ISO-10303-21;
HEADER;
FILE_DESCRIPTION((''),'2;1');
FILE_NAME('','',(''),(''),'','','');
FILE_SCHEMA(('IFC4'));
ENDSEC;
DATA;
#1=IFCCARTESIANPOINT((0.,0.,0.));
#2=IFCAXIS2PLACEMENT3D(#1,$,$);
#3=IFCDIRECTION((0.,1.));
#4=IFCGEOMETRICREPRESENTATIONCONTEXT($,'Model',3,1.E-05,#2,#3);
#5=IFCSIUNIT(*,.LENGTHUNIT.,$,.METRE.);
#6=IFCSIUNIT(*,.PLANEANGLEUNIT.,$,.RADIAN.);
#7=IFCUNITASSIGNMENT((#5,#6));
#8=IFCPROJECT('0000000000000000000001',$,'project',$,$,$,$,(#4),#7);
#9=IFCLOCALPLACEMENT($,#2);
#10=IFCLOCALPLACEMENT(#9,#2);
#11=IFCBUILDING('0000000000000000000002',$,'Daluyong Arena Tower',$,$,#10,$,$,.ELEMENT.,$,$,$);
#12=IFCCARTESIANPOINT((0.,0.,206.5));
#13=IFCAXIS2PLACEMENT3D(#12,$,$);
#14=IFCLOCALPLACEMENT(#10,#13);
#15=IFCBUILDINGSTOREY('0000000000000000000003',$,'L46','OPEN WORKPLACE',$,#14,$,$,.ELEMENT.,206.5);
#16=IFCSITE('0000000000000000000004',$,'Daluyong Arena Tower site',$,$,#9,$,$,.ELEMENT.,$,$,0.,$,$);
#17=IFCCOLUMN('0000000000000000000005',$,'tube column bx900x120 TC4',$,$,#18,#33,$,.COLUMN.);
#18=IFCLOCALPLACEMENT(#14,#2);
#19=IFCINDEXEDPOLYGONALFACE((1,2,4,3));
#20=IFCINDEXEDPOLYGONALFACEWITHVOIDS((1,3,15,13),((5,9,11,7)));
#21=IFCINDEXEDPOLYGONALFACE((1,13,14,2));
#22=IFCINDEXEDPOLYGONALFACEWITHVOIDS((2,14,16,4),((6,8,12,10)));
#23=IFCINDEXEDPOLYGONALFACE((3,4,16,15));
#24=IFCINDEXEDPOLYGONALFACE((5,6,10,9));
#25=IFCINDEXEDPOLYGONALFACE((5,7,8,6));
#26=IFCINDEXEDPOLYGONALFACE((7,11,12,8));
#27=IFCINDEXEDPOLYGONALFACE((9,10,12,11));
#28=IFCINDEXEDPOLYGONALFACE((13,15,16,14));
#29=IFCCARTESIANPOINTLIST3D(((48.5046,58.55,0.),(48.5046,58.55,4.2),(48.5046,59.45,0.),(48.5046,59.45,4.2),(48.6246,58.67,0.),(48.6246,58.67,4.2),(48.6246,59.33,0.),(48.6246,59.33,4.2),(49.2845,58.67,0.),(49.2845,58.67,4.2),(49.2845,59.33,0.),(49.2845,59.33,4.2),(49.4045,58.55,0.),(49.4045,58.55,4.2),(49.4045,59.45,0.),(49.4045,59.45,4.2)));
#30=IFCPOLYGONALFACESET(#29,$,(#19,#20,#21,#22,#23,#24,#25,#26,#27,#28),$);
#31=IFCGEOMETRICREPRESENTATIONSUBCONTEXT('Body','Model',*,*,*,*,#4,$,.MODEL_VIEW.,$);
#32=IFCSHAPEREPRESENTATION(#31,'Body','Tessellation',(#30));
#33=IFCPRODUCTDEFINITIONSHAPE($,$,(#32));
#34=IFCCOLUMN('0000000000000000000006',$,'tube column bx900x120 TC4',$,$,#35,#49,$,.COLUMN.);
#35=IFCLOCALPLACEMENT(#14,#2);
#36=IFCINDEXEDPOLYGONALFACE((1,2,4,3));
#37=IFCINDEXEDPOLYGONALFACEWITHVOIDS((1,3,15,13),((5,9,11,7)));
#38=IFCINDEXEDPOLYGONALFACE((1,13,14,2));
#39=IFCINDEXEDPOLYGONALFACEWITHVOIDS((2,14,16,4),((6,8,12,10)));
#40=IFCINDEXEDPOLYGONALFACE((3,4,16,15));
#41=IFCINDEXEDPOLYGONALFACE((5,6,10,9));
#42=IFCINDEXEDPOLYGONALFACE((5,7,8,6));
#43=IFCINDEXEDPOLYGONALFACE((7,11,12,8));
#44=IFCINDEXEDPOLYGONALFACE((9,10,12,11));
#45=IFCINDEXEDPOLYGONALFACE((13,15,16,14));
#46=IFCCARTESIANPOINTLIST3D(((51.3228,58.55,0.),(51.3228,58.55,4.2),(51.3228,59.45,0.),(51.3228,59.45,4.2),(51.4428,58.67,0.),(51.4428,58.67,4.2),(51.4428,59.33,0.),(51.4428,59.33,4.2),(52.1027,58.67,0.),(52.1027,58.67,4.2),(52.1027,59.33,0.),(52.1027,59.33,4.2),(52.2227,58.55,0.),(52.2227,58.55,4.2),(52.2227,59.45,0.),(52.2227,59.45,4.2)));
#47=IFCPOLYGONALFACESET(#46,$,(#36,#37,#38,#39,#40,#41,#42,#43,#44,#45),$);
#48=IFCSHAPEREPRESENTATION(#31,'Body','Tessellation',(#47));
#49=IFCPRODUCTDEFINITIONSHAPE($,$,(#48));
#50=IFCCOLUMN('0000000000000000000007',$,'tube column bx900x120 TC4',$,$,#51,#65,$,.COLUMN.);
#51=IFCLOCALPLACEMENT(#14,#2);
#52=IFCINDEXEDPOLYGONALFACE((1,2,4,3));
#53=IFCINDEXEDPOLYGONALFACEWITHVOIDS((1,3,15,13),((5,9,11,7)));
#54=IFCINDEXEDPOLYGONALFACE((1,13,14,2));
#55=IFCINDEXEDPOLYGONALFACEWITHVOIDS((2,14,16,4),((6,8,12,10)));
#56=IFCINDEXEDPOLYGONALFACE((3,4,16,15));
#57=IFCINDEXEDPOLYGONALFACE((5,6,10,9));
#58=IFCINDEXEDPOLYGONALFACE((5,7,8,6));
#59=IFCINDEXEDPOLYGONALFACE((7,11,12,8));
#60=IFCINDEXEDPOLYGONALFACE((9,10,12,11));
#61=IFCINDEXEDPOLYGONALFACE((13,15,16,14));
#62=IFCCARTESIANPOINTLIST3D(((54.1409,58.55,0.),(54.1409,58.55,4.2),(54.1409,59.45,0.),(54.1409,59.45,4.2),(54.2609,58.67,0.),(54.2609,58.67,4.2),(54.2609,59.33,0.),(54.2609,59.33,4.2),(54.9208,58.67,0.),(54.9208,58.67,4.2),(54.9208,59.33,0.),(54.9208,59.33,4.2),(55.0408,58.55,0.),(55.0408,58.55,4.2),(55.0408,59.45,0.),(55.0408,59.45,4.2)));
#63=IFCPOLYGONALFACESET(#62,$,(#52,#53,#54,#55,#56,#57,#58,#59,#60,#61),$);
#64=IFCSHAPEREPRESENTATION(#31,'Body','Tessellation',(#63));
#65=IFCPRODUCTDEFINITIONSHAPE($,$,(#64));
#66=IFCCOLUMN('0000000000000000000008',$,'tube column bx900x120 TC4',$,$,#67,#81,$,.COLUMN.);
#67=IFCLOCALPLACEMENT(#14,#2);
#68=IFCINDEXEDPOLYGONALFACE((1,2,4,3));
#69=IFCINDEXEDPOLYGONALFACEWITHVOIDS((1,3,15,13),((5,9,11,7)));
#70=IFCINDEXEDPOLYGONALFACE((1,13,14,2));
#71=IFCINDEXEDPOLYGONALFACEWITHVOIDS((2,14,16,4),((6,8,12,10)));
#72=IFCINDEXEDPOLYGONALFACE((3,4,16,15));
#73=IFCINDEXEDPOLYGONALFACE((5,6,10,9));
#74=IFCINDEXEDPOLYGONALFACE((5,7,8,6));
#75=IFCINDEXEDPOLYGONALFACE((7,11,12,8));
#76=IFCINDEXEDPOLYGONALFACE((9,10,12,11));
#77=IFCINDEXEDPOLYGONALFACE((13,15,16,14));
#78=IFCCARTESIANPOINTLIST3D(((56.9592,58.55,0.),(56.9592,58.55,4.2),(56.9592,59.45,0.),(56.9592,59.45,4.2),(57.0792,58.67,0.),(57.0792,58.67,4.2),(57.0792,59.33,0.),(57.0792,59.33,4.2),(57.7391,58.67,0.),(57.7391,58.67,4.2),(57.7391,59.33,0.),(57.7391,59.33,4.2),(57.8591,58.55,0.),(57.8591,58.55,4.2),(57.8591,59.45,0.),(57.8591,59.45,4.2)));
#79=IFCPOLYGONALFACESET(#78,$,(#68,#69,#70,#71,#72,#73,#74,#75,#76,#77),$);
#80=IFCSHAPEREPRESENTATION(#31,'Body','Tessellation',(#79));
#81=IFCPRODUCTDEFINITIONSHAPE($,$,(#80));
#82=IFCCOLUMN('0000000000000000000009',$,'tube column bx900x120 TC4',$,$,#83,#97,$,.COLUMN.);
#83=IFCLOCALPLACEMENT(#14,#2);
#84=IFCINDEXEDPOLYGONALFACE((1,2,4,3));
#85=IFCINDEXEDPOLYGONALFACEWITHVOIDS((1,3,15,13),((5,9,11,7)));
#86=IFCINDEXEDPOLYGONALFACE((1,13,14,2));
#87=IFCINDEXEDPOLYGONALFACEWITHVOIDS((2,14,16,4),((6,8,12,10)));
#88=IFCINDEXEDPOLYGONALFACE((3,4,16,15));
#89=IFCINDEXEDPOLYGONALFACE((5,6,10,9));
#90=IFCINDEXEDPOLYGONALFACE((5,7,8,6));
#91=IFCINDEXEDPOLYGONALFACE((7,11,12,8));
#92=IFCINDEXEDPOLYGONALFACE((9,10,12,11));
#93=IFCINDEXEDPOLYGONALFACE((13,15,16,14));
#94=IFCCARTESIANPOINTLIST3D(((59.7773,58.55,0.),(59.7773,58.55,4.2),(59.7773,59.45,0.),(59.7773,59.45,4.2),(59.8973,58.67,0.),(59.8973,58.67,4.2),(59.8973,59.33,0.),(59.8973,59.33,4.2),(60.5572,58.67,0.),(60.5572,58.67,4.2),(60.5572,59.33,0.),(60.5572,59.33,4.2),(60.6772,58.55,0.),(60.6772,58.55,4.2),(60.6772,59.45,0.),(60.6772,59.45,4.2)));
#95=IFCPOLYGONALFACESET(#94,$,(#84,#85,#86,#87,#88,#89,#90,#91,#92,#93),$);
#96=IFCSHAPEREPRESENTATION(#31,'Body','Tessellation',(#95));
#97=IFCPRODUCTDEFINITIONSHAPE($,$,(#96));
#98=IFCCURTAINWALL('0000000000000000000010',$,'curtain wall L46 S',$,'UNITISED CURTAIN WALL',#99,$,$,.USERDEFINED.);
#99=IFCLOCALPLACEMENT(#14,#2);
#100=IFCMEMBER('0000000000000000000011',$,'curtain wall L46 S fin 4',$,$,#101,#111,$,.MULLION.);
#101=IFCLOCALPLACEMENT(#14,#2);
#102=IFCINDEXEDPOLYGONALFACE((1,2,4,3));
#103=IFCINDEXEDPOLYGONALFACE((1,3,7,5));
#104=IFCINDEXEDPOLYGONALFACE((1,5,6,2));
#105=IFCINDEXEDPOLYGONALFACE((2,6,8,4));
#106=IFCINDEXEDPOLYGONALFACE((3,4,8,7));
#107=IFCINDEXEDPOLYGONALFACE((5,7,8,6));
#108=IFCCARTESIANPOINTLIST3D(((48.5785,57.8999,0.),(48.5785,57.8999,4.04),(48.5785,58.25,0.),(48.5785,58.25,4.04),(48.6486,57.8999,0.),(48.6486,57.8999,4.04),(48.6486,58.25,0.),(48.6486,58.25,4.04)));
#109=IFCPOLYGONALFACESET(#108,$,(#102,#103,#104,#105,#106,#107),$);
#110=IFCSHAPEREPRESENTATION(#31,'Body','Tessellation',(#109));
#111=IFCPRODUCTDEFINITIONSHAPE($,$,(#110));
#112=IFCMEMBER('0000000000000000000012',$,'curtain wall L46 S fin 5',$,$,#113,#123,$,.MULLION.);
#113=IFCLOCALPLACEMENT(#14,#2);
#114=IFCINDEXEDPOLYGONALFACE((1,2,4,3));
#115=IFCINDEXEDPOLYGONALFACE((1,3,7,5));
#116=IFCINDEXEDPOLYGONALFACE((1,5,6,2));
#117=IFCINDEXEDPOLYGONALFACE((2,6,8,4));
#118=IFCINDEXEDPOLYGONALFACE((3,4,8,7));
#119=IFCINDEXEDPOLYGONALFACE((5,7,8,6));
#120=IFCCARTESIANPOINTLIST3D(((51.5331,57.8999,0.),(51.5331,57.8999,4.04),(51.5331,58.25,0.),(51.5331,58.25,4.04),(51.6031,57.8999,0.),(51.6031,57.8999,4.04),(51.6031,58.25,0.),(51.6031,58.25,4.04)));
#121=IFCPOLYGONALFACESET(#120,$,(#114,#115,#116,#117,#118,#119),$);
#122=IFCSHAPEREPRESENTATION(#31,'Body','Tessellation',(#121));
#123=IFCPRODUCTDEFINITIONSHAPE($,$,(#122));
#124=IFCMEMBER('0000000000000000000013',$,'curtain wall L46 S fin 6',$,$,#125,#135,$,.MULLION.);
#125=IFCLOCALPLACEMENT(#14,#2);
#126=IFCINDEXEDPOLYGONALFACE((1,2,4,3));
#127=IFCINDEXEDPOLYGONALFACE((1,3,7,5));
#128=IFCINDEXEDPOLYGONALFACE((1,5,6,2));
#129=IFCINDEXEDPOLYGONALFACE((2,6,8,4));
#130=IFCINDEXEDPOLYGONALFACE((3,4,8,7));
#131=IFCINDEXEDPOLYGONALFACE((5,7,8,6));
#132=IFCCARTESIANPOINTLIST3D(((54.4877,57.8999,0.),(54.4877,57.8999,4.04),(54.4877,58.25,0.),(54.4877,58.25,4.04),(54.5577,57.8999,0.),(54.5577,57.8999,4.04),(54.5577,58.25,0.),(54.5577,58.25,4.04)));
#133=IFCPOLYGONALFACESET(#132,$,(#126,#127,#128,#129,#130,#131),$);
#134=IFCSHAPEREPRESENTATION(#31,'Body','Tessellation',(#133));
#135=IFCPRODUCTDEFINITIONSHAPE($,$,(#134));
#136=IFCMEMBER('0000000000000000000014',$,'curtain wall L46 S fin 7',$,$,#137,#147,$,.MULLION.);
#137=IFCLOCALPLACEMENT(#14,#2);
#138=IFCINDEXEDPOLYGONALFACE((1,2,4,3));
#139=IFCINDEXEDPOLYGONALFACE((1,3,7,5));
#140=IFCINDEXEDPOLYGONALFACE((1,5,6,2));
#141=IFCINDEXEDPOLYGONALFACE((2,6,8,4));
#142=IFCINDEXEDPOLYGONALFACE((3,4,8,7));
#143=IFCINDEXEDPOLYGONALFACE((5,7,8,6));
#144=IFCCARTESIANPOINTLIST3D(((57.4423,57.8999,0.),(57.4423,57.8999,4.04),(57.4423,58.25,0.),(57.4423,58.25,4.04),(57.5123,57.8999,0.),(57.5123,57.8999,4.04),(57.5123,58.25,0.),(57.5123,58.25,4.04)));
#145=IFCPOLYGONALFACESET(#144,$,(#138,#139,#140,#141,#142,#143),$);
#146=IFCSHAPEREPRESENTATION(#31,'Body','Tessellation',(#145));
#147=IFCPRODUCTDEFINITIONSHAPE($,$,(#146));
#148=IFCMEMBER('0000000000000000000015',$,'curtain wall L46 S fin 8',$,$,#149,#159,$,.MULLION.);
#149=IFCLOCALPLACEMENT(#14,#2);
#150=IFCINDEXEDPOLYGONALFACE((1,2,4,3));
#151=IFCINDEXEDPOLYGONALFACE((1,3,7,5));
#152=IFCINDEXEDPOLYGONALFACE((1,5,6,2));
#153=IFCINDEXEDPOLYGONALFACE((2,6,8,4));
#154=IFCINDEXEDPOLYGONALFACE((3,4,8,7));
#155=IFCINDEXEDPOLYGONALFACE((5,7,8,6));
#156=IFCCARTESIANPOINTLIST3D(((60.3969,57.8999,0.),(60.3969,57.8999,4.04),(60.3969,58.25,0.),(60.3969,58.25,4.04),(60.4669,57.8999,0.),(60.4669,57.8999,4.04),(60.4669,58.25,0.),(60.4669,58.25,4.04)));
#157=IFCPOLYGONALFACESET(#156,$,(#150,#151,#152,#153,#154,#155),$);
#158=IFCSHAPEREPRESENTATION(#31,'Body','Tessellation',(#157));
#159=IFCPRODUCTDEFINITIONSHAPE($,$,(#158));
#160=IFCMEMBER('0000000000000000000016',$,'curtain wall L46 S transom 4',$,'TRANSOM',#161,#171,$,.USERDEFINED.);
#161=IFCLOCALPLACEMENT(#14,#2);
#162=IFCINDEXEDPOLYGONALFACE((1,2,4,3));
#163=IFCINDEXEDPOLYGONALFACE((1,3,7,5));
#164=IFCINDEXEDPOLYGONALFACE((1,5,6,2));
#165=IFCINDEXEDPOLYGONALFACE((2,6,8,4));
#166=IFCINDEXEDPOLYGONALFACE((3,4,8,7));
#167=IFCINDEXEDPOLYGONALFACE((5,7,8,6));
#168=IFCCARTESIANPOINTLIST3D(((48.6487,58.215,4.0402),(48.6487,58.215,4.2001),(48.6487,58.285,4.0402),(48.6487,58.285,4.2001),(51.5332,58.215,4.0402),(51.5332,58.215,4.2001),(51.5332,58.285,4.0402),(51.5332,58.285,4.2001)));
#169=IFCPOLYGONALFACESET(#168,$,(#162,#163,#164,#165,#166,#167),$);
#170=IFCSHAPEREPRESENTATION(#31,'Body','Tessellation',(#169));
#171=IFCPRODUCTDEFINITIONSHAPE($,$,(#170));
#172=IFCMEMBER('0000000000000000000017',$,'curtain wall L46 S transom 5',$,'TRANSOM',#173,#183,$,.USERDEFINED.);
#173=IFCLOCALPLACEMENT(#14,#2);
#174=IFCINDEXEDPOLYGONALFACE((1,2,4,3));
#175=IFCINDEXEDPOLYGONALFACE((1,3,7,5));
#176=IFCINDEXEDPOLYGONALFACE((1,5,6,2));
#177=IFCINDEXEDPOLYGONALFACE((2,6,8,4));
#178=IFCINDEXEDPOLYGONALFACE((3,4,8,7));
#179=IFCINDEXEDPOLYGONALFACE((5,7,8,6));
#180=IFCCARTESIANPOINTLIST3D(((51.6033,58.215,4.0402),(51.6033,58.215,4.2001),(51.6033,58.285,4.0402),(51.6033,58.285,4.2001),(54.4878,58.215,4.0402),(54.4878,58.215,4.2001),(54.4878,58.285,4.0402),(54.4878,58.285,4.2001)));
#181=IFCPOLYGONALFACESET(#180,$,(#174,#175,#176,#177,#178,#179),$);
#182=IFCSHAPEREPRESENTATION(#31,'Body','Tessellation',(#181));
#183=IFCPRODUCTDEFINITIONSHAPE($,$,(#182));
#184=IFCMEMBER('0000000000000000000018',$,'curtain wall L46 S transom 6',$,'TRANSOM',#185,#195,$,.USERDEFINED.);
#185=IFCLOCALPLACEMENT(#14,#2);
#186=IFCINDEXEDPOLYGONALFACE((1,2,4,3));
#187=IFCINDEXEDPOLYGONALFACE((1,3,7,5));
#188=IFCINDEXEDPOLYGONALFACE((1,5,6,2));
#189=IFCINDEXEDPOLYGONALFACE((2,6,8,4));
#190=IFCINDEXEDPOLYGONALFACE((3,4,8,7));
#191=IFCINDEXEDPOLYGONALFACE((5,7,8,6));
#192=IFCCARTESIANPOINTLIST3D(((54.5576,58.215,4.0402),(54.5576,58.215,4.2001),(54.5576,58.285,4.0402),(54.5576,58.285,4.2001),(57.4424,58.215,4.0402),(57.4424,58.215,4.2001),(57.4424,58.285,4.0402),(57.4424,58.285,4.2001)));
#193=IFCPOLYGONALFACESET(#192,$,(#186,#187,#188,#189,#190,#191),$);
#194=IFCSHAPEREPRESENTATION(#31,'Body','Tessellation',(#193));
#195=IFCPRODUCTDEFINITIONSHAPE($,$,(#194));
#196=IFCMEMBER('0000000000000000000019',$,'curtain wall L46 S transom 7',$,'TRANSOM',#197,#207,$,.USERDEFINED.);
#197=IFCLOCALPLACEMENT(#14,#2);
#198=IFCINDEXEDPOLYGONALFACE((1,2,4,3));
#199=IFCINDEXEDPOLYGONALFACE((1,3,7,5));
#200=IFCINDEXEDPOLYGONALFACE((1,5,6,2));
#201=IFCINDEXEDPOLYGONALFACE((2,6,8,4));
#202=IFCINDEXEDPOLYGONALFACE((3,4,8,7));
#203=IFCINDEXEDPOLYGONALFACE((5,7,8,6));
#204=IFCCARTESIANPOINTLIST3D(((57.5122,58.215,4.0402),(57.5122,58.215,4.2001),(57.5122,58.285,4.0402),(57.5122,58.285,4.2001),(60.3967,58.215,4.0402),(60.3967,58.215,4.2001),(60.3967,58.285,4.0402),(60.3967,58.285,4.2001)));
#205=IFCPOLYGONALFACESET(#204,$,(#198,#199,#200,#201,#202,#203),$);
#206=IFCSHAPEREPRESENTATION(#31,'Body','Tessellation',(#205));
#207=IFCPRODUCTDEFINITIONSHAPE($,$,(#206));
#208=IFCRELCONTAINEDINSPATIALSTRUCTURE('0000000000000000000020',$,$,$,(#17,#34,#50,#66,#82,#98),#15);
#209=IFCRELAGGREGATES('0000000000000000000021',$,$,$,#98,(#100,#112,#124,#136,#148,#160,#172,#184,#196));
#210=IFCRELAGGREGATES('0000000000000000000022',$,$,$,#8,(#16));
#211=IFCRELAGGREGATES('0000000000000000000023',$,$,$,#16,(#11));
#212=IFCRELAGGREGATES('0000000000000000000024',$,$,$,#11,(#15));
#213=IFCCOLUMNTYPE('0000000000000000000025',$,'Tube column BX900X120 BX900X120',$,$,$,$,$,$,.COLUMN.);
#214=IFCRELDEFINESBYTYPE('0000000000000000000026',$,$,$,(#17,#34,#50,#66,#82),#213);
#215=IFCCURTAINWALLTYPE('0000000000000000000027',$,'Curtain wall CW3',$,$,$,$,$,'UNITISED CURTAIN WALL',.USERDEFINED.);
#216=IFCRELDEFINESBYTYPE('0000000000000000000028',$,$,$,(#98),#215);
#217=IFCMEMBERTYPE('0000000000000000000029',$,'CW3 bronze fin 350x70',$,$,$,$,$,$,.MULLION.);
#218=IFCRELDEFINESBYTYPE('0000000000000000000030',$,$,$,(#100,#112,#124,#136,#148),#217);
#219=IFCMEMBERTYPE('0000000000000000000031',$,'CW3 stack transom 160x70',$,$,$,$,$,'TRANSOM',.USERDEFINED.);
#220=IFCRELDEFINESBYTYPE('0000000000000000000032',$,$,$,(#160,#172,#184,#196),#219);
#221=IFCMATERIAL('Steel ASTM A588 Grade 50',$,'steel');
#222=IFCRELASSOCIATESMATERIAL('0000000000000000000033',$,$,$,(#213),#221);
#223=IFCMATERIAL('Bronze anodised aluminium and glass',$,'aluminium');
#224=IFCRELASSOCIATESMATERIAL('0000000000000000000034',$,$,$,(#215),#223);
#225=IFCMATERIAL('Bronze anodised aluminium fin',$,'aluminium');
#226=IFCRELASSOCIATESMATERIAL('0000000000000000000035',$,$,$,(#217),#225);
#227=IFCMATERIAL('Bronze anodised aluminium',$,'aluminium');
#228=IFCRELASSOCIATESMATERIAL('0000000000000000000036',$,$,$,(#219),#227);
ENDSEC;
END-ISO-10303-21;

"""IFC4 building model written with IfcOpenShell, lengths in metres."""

from ifc_helpers import new_model, si_unit, direction, frame, origin, origin_2d, place, context, subcontext, project, spatial, rectangle, hollow_rectangle, extrude, material, material_profile, profile_set, type_object, element, aggregate, save


model = new_model("IFC4")

# Units and contexts
model_context = context("Model", 3, precision=1e-05, world=origin(), true_north=direction((0.0, 1.0)))
body_context = subcontext(model_context, "Body", "Model", "MODEL_VIEW")
ifc_project = project(units=[si_unit("LENGTHUNIT", "METRE"), si_unit("PLANEANGLEUNIT", "RADIAN")], contexts=[model_context])

# Site, building, storey
site_placement = place(None, origin())
site = spatial("IfcSite", under=ifc_project, at=site_placement, Name="Daluyong Arena Tower site", CompositionType="ELEMENT", RefElevation=0.0)
building_placement = place(site_placement, origin())
building = spatial("IfcBuilding", under=site, at=building_placement, Name="Daluyong Arena Tower", CompositionType="ELEMENT")
storey_placement = place(building_placement, frame((0.0, 0.0, 206.5)))
storey = spatial("IfcBuildingStorey", under=building, at=storey_placement, Name="L46", Description="OPEN WORKPLACE", CompositionType="ELEMENT", Elevation=206.5)

# Columns
ifc_material_1 = material(Name="Steel ASTM A588 Grade 50", Category="steel")
ifc_material_profile_1 = material_profile(ifc_material_1, hollow_rectangle(XDim=0.8999, YDim=0.8999, WallThickness=0.12, at=origin_2d()))
ifc_profile_set_1 = profile_set([ifc_material_profile_1], Name="Steel ASTM A588 Grade 50")
column_type = type_object("IfcColumnType", Name="Tube column BX900X120 BX900X120", PredefinedType="COLUMN", material=ifc_profile_set_1)
for number, where, z_axis, x_axis, name in (
    (1, (48.9546, 59.0, 0.0), (0.0, 0.0, 1.0), (1.0, 0.0, 0.0), "tube column bx900x120 TC4"),
    (2, (51.7727, 59.0, 0.0), (0.0, 0.0, 1.0), (1.0, 0.0, 0.0), "tube column bx900x120 TC4"),
    (3, (54.5908, 59.0, 0.0), (0.0, 0.0, 1.0), (1.0, 0.0, 0.0), "tube column bx900x120 TC4"),
    (4, (57.4092, 59.0, 0.0), (0.0, 0.0, 1.0), (1.0, 0.0, 0.0), "tube column bx900x120 TC4"),
    (5, (60.2273, 59.0, 0.0), (0.0, 0.0, 1.0), (1.0, 0.0, 0.0), "tube column bx900x120 TC4"),
):
    element("IfcColumn", number, at=place(storey_placement, frame(where, z_axis=z_axis, x_axis=x_axis)), inside=storey, type_object=column_type, Name=name, PredefinedType="COLUMN", context=body_context, shape_type="SweptSolid", body=[
        extrude(hollow_rectangle(XDim=0.8999, YDim=0.8999, WallThickness=0.12, at=origin_2d()), origin(), (0.0, 0.0, 1.0), 4.2),
    ])

# Curtain wall, members
ifc_material_2 = material(Name="Bronze anodised aluminium and glass", Category="aluminium")
curtain_wall_type = type_object("IfcCurtainWallType", Name="Curtain wall CW3", ElementType="UNITISED CURTAIN WALL", PredefinedType="USERDEFINED", material=ifc_material_2)
curtain_wall_placement = place(storey_placement, origin())
curtain_wall = element("IfcCurtainWall", 6, at=curtain_wall_placement, inside=storey, type_object=curtain_wall_type, Name="curtain wall L46 S", ObjectType="UNITISED CURTAIN WALL", PredefinedType="USERDEFINED")
ifc_material_3 = material(Name="Bronze anodised aluminium fin", Category="aluminium")
ifc_material_profile_2 = material_profile(ifc_material_3, rectangle(XDim=0.3501, YDim=0.0701, at=origin_2d()))
ifc_profile_set_2 = profile_set([ifc_material_profile_2], Name="Bronze anodised aluminium fin")
member_type_1 = type_object("IfcMemberType", Name="CW3 bronze fin 350x70", PredefinedType="MULLION", material=ifc_profile_set_2)
member_1_placement = place(storey_placement, frame((48.6135, 58.075, 0.0), z_axis=(0.0, 0.0, 1.0), x_axis=(0.0, 1.0, 0.0)))
member_1 = element("IfcMember", 7, at=member_1_placement, type_object=member_type_1, Name="curtain wall L46 S fin 4", PredefinedType="MULLION", context=body_context, shape_type="SweptSolid", body=[
    extrude(rectangle(XDim=0.3501, YDim=0.0701, at=origin_2d()), origin(), (0.0, 0.0, 1.0), 4.04),
])
member_2_placement = place(storey_placement, frame((51.5681, 58.075, 0.0), z_axis=(0.0, 0.0, 1.0), x_axis=(0.0, 1.0, 0.0)))
member_2 = element("IfcMember", 8, at=member_2_placement, type_object=member_type_1, Name="curtain wall L46 S fin 5", PredefinedType="MULLION", context=body_context, shape_type="SweptSolid", body=[
    extrude(rectangle(XDim=0.3501, YDim=0.0701, at=origin_2d()), origin(), (0.0, 0.0, 1.0), 4.04),
])
member_3_placement = place(storey_placement, frame((54.5227, 58.075, 0.0), z_axis=(0.0, 0.0, 1.0), x_axis=(0.0, 1.0, 0.0)))
member_3 = element("IfcMember", 9, at=member_3_placement, type_object=member_type_1, Name="curtain wall L46 S fin 6", PredefinedType="MULLION", context=body_context, shape_type="SweptSolid", body=[
    extrude(rectangle(XDim=0.3501, YDim=0.0701, at=origin_2d()), origin(), (0.0, 0.0, 1.0), 4.04),
])
member_4_placement = place(storey_placement, frame((57.4773, 58.075, 0.0), z_axis=(0.0, 0.0, 1.0), x_axis=(0.0, 1.0, 0.0)))
member_4 = element("IfcMember", 10, at=member_4_placement, type_object=member_type_1, Name="curtain wall L46 S fin 7", PredefinedType="MULLION", context=body_context, shape_type="SweptSolid", body=[
    extrude(rectangle(XDim=0.3501, YDim=0.0701, at=origin_2d()), origin(), (0.0, 0.0, 1.0), 4.04),
])
member_5_placement = place(storey_placement, frame((60.4319, 58.075, 0.0), z_axis=(0.0, 0.0, 1.0), x_axis=(0.0, 1.0, 0.0)))
member_5 = element("IfcMember", 11, at=member_5_placement, type_object=member_type_1, Name="curtain wall L46 S fin 8", PredefinedType="MULLION", context=body_context, shape_type="SweptSolid", body=[
    extrude(rectangle(XDim=0.3501, YDim=0.0701, at=origin_2d()), origin(), (0.0, 0.0, 1.0), 4.04),
])
ifc_material_4 = material(Name="Bronze anodised aluminium", Category="aluminium")
ifc_material_profile_3 = material_profile(ifc_material_4, rectangle(XDim=0.0701, YDim=0.1599, at=origin_2d()))
ifc_profile_set_3 = profile_set([ifc_material_profile_3], Name="Bronze anodised aluminium")
member_type_2 = type_object("IfcMemberType", Name="CW3 stack transom 160x70", ElementType="TRANSOM", PredefinedType="USERDEFINED", material=ifc_profile_set_3)
member_6_placement = place(storey_placement, frame((48.6487, 58.25, 4.1201), z_axis=(1.0, 0.0, 0.0), x_axis=(0.0, 1.0, 0.0)))
member_6 = element("IfcMember", 12, at=member_6_placement, type_object=member_type_2, Name="curtain wall L46 S transom 4", ObjectType="TRANSOM", PredefinedType="USERDEFINED", context=body_context, shape_type="SweptSolid", body=[
    extrude(rectangle(XDim=0.0701, YDim=0.1599, at=origin_2d()), origin(), (0.0, 0.0, 1.0), 2.8845),
])
member_7_placement = place(storey_placement, frame((51.6033, 58.25, 4.1201), z_axis=(1.0, 0.0, 0.0), x_axis=(0.0, 1.0, 0.0)))
member_7 = element("IfcMember", 13, at=member_7_placement, type_object=member_type_2, Name="curtain wall L46 S transom 5", ObjectType="TRANSOM", PredefinedType="USERDEFINED", context=body_context, shape_type="SweptSolid", body=[
    extrude(rectangle(XDim=0.0701, YDim=0.1599, at=origin_2d()), origin(), (0.0, 0.0, 1.0), 2.8845),
])
member_8_placement = place(storey_placement, frame((54.5576, 58.25, 4.1201), z_axis=(1.0, 0.0, 0.0), x_axis=(0.0, 1.0, 0.0)))
member_8 = element("IfcMember", 14, at=member_8_placement, type_object=member_type_2, Name="curtain wall L46 S transom 6", ObjectType="TRANSOM", PredefinedType="USERDEFINED", context=body_context, shape_type="SweptSolid", body=[
    extrude(rectangle(XDim=0.0701, YDim=0.1599, at=origin_2d()), origin(), (0.0, 0.0, 1.0), 2.8848),
])
member_9_placement = place(storey_placement, frame((57.5122, 58.25, 4.1201), z_axis=(1.0, 0.0, 0.0), x_axis=(0.0, 1.0, 0.0)))
member_9 = element("IfcMember", 15, at=member_9_placement, type_object=member_type_2, Name="curtain wall L46 S transom 7", ObjectType="TRANSOM", PredefinedType="USERDEFINED", context=body_context, shape_type="SweptSolid", body=[
    extrude(rectangle(XDim=0.0701, YDim=0.1599, at=origin_2d()), origin(), (0.0, 0.0, 1.0), 2.8845),
])

aggregate(curtain_wall, [member_1, member_2, member_3, member_4, member_5, member_6, member_7, member_8, member_9])

save(model, "model.ifc")
